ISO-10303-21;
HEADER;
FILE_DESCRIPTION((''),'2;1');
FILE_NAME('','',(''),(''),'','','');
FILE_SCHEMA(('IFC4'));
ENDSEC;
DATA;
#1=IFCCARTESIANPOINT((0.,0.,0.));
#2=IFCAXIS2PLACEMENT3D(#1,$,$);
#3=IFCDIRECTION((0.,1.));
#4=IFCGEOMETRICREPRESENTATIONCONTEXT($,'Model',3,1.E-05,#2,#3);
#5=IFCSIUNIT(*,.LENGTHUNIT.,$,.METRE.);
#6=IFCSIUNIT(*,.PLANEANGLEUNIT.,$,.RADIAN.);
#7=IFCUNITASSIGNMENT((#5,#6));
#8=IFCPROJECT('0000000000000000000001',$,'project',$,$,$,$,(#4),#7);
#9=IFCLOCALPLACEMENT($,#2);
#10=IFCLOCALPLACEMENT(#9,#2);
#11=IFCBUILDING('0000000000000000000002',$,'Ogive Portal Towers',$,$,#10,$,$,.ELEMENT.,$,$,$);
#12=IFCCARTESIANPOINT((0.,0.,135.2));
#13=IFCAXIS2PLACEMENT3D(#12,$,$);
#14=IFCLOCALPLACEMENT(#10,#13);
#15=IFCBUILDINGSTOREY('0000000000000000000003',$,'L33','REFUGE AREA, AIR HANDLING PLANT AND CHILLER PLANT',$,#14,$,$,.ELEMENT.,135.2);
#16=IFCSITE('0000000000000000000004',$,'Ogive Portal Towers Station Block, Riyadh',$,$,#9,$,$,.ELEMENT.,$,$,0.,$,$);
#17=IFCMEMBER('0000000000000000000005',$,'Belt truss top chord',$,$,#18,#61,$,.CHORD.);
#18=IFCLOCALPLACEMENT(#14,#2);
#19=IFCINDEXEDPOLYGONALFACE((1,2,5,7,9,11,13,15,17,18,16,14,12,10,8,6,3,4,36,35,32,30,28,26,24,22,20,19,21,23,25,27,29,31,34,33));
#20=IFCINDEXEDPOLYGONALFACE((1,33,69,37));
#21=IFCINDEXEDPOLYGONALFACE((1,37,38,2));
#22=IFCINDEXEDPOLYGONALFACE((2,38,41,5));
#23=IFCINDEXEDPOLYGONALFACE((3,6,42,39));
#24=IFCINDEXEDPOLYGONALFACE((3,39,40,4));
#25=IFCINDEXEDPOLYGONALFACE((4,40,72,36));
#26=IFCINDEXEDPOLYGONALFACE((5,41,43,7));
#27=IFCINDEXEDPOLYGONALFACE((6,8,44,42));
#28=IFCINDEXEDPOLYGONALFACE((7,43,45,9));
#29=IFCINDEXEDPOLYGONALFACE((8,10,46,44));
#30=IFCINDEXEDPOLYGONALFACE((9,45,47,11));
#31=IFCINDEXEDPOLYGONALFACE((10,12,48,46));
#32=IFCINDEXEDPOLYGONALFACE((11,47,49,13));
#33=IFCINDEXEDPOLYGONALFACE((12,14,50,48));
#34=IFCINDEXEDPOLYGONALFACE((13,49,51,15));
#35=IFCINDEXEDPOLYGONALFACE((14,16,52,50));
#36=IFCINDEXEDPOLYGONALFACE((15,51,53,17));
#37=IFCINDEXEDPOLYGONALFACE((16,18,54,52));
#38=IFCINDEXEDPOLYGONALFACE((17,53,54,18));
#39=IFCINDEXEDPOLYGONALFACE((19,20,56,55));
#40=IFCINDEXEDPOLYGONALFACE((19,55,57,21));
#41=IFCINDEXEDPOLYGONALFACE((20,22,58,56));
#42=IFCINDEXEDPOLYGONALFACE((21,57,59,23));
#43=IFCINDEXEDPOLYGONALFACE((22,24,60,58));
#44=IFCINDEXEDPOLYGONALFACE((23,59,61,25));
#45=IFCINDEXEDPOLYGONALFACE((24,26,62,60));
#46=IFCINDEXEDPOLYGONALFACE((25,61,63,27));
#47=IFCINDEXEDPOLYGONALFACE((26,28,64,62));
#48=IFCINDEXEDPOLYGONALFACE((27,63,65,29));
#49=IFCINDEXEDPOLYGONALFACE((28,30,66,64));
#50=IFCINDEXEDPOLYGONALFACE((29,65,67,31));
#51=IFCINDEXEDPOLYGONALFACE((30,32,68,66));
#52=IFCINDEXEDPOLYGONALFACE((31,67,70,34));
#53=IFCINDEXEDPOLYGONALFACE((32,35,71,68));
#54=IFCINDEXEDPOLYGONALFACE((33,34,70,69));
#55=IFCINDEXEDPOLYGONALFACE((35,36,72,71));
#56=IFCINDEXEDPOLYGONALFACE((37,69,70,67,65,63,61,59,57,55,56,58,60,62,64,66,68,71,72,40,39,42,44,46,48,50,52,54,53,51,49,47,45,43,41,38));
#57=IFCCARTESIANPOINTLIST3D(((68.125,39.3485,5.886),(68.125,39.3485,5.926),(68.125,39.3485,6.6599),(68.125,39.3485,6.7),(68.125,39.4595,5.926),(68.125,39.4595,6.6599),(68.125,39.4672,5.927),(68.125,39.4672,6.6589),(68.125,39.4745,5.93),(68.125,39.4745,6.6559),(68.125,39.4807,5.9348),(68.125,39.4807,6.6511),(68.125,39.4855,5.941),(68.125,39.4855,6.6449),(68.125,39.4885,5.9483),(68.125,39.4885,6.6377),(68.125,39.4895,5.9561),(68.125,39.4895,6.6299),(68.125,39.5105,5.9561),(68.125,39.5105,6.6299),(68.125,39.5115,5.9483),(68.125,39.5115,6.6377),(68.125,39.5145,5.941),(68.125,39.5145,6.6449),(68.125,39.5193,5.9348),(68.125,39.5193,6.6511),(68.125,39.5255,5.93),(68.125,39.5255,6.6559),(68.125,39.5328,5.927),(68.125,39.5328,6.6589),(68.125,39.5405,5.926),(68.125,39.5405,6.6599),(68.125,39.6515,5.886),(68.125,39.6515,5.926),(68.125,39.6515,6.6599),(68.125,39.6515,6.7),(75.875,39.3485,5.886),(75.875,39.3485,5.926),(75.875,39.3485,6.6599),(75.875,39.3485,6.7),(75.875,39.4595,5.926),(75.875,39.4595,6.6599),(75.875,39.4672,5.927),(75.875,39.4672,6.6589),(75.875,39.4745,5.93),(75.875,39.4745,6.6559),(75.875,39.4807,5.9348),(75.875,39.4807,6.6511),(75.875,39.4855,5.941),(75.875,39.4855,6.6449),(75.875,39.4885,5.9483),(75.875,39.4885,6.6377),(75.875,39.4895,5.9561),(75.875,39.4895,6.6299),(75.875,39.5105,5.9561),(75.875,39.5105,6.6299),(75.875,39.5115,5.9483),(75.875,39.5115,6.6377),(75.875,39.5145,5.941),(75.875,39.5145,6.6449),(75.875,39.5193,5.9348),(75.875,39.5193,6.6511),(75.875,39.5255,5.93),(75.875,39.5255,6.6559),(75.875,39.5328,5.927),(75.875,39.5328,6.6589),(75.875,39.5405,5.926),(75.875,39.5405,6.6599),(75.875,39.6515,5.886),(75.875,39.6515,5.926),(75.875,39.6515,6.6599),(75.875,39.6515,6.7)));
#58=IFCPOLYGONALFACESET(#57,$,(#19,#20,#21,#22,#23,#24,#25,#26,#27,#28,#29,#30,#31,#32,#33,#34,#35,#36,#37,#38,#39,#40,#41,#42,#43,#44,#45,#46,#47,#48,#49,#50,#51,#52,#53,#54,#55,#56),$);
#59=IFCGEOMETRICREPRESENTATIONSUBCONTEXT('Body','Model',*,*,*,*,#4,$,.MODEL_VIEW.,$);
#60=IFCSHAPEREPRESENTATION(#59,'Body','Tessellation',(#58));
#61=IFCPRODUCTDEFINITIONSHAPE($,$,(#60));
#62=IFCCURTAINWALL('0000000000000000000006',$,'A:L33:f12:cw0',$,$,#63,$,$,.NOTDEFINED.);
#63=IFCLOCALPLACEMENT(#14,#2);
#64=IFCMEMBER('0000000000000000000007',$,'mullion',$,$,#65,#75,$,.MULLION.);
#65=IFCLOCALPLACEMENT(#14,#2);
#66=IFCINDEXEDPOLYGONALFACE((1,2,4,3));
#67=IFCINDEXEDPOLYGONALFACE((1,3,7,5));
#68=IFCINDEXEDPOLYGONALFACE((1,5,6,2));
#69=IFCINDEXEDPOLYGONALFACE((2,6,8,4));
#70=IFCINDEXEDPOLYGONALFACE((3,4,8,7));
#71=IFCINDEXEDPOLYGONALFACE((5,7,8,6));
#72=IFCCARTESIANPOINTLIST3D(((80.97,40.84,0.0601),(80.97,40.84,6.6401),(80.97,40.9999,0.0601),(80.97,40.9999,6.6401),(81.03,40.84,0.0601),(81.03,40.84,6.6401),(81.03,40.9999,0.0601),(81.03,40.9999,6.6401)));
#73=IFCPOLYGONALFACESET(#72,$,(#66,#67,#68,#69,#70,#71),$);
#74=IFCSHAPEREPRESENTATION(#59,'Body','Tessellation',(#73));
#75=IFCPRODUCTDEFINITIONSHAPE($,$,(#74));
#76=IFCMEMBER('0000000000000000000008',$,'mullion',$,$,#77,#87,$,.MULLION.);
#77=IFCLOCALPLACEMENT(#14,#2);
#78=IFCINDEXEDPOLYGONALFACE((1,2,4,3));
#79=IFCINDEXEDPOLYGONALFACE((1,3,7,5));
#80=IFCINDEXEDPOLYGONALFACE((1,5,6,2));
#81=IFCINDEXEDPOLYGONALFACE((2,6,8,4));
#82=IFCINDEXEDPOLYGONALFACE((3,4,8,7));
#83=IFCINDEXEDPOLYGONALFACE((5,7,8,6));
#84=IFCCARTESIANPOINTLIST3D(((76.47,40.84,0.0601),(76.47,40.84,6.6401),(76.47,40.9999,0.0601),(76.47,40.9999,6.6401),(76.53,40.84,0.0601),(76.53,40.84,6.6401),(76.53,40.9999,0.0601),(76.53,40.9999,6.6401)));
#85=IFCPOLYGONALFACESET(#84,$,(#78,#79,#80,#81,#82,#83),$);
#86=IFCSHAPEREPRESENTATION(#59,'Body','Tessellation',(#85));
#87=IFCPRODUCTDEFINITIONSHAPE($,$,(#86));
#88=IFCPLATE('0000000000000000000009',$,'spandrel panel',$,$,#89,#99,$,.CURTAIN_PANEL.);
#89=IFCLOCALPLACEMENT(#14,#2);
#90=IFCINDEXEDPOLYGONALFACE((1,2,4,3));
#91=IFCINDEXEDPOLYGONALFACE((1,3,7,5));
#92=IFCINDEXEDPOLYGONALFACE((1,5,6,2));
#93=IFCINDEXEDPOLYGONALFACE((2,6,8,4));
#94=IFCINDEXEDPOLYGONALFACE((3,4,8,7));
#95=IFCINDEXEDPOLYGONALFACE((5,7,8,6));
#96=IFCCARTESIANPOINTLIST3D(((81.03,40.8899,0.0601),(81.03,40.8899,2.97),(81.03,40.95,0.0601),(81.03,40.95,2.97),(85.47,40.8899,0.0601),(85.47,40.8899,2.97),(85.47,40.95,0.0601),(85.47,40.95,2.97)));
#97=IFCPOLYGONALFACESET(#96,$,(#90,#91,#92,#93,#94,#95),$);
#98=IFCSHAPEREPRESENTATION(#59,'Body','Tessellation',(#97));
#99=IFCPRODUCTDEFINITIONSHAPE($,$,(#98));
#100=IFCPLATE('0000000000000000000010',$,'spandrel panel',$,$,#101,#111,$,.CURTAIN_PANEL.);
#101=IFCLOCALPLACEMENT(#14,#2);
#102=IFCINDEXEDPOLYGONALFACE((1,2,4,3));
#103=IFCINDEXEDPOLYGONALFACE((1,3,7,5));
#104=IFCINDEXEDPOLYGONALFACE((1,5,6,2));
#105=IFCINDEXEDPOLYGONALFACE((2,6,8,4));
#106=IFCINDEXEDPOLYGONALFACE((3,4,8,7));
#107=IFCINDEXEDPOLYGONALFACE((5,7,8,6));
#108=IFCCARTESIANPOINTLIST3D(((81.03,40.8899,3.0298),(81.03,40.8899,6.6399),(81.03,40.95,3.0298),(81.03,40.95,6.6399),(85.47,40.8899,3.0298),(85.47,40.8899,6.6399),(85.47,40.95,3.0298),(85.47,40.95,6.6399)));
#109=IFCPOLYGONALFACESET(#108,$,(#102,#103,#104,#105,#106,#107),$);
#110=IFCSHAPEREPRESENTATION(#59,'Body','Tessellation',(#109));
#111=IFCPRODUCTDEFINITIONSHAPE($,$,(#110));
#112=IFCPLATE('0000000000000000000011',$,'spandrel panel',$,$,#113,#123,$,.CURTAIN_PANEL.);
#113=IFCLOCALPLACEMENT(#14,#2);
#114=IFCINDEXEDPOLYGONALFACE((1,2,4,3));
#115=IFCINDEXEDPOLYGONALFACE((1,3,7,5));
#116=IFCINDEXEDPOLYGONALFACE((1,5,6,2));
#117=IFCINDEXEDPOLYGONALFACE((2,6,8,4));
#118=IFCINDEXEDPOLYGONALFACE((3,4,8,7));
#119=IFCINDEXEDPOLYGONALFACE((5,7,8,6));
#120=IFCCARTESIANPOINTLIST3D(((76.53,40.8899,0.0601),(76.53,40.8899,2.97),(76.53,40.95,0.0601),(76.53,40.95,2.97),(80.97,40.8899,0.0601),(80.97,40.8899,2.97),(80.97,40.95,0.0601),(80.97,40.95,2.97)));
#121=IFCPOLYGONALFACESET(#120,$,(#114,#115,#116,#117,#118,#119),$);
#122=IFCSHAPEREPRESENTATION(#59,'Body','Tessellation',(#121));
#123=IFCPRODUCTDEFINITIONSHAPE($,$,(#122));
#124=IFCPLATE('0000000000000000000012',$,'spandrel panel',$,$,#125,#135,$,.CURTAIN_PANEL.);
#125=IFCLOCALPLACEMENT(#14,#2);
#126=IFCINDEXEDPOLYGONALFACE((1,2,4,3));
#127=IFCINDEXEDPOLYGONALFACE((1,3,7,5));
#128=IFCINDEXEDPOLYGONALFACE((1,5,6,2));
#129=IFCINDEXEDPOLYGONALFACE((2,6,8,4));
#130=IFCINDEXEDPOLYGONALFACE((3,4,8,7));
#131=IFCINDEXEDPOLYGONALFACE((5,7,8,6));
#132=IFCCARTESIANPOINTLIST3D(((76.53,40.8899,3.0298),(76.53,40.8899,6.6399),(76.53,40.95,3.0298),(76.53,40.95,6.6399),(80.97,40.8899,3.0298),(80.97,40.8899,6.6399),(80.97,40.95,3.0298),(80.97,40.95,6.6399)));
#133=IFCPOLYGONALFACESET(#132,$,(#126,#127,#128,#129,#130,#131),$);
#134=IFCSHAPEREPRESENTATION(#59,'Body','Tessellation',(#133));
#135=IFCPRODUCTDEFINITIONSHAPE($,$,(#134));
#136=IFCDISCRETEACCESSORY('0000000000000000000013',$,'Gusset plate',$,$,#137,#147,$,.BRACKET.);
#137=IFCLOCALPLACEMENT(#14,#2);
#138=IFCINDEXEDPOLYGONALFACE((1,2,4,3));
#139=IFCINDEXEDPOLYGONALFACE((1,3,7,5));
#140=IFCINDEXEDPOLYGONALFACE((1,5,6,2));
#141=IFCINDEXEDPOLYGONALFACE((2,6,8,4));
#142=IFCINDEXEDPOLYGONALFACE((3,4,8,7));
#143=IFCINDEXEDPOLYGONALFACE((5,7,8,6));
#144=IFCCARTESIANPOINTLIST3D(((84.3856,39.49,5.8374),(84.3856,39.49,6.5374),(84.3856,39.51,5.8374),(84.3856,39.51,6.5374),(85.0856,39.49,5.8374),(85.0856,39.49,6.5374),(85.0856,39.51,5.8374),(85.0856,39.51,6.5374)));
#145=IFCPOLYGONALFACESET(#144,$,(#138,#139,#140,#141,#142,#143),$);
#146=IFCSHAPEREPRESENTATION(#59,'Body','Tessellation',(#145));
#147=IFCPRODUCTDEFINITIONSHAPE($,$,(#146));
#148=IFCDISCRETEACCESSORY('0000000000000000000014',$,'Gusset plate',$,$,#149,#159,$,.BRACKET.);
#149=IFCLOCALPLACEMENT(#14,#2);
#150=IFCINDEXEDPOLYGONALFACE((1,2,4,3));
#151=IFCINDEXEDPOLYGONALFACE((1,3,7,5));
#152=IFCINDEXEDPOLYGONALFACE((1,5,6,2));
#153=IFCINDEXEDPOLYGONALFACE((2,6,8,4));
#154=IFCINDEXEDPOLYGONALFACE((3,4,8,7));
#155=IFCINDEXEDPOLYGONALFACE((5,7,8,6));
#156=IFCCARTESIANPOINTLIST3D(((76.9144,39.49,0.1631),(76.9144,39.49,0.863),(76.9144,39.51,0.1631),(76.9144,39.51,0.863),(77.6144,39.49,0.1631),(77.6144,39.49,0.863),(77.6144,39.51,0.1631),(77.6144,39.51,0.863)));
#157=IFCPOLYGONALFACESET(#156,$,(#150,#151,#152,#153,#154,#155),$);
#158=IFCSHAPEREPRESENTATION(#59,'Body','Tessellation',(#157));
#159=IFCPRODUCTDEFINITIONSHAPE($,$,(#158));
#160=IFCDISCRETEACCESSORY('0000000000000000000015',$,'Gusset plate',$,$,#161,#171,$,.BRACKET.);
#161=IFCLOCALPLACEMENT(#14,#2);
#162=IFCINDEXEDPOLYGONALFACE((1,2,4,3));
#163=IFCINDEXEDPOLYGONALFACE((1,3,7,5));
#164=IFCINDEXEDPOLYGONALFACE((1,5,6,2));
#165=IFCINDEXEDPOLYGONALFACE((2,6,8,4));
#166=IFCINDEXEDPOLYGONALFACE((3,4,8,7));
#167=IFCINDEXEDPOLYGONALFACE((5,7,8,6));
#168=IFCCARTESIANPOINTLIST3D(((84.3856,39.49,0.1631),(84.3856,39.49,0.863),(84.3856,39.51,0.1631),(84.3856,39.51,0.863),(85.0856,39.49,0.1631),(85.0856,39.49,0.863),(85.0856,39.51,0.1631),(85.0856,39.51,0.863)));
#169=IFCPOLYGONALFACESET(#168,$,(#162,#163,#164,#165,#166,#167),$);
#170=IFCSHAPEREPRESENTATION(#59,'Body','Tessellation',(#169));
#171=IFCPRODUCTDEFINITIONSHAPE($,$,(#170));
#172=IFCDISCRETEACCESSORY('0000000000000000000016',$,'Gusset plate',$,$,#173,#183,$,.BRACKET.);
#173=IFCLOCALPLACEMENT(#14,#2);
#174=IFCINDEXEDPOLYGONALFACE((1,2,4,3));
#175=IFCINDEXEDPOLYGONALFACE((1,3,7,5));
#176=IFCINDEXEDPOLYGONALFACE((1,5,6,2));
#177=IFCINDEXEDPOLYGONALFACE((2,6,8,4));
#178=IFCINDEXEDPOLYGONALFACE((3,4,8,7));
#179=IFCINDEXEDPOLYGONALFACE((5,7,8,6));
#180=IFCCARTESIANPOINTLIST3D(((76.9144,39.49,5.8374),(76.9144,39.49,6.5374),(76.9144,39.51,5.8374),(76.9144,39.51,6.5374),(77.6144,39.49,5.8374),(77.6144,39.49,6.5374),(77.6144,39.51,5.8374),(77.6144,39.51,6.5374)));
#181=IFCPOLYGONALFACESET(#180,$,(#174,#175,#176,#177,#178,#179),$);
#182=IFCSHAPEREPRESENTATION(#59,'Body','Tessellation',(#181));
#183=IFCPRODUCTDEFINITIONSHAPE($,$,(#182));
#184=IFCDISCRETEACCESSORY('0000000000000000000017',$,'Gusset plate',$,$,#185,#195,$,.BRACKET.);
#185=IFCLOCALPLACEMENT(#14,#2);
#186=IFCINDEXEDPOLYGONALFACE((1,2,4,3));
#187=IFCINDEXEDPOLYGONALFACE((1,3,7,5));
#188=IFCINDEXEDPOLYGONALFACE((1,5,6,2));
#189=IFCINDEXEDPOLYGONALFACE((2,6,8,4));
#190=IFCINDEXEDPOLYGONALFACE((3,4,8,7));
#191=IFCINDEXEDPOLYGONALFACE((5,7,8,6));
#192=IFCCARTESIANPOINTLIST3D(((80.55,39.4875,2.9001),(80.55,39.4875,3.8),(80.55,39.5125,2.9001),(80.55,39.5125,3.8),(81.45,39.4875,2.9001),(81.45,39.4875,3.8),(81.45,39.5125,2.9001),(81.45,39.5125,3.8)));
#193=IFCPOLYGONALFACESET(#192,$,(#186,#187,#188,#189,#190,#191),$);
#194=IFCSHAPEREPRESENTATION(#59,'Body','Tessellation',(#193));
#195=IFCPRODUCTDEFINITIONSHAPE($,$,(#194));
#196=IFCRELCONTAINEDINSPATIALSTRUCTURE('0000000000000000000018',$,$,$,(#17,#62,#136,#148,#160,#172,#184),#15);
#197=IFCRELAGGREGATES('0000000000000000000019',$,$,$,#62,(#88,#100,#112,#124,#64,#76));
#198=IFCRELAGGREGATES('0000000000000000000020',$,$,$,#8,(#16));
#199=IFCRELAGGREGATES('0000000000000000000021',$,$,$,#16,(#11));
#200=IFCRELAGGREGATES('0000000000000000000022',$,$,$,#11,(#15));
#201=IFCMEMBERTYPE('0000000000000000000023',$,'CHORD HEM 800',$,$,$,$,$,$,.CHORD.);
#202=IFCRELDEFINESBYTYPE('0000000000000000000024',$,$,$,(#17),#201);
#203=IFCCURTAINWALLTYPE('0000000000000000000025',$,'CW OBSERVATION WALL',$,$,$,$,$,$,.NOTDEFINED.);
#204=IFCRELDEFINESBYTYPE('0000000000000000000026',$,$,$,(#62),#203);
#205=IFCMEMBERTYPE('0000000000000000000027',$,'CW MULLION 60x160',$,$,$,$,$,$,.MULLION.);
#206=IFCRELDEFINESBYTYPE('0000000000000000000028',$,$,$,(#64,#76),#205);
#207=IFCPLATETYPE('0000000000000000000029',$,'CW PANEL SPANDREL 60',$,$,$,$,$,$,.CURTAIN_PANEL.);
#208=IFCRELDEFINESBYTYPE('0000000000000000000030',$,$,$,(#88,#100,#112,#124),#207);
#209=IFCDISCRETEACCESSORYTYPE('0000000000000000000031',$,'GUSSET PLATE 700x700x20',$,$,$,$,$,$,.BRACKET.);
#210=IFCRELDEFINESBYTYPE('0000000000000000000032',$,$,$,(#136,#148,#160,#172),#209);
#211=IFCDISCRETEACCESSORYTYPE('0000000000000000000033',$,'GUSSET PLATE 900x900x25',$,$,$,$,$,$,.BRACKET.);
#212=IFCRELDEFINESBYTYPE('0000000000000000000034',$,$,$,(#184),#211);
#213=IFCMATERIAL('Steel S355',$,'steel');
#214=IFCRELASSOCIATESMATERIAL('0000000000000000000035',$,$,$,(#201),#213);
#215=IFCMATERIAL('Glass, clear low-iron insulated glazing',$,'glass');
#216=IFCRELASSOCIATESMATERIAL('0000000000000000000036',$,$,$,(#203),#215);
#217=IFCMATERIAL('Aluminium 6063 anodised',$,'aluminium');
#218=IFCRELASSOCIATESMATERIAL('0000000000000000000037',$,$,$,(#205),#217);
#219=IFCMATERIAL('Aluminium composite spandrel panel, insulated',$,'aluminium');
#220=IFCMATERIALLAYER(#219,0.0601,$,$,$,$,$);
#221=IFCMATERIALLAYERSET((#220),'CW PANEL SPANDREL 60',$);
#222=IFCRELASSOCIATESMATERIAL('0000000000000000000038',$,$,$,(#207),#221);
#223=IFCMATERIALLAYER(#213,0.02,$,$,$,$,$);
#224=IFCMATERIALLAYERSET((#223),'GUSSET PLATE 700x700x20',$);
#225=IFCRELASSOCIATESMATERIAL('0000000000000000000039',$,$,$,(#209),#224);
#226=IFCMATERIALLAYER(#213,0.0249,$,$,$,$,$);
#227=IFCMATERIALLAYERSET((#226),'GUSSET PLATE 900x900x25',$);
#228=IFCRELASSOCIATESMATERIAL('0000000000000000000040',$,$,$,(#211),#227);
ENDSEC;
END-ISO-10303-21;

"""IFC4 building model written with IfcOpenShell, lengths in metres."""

from ifc_helpers import new_model, si_unit, direction, frame, origin, origin_2d, place, context, subcontext, project, spatial, rectangle, i_section, extrude, material, layer, layer_set, material_profile, profile_set, type_object, element, aggregate, save


model = new_model("IFC4")

# Units and contexts
model_context = context("Model", 3, precision=1e-05, world=origin(), true_north=direction((0.0, 1.0)))
body_context = subcontext(model_context, "Body", "Model", "MODEL_VIEW")
ifc_project = project(units=[si_unit("LENGTHUNIT", "METRE"), si_unit("PLANEANGLEUNIT", "RADIAN")], contexts=[model_context])

# Site, building, storey
site_placement = place(None, origin())
site = spatial("IfcSite", under=ifc_project, at=site_placement, Name="Ogive Portal Towers Station Block, Riyadh", CompositionType="ELEMENT", RefElevation=0.0)
building_placement = place(site_placement, origin())
building = spatial("IfcBuilding", under=site, at=building_placement, Name="Ogive Portal Towers", CompositionType="ELEMENT")
storey_placement = place(building_placement, frame((0.0, 0.0, 135.2)))
storey = spatial("IfcBuildingStorey", under=building, at=storey_placement, Name="L33", Description="REFUGE AREA, AIR HANDLING PLANT AND CHILLER PLANT", CompositionType="ELEMENT", Elevation=135.2)

# Member
ifc_material_1 = material(Name="Steel S355", Category="steel")
ifc_material_profile_1 = material_profile(ifc_material_1, i_section(OverallWidth=0.303, OverallDepth=0.814, WebThickness=0.021, FlangeThickness=0.04, FilletRadius=0.03, at=origin_2d()), Name="HEM 800")
ifc_profile_set_1 = profile_set([ifc_material_profile_1], Name="Steel S355")
member_type_1 = type_object("IfcMemberType", Name="CHORD HEM 800", PredefinedType="CHORD", material=ifc_profile_set_1)
for number, where, z_axis, x_axis, name in (
    (1, (75.875, 39.5, 6.293), (-1.0, 0.0, 0.0), (0.0, -1.0, 0.0), "Belt truss top chord"),
):
    element("IfcMember", number, at=place(storey_placement, frame(where, z_axis=z_axis, x_axis=x_axis)), inside=storey, type_object=member_type_1, Name=name, PredefinedType="CHORD", context=body_context, shape_type="SweptSolid", body=[
        extrude(i_section(OverallWidth=0.303, OverallDepth=0.814, WebThickness=0.021, FlangeThickness=0.04, FilletRadius=0.03, at=origin_2d()), origin(), (0.0, 0.0, 1.0), 7.75),
    ])

# Curtain wall, members, plates
ifc_material_2 = material(Name="Glass, clear low-iron insulated glazing", Category="glass")
curtain_wall_type = type_object("IfcCurtainWallType", Name="CW OBSERVATION WALL", PredefinedType="NOTDEFINED", material=ifc_material_2)
curtain_wall_placement = place(storey_placement, origin())
curtain_wall = element("IfcCurtainWall", 2, at=curtain_wall_placement, inside=storey, type_object=curtain_wall_type, Name="A:L33:f12:cw0", PredefinedType="NOTDEFINED")
ifc_material_3 = material(Name="Aluminium 6063 anodised", Category="aluminium")
ifc_material_profile_2 = material_profile(ifc_material_3, rectangle(XDim=0.1599, YDim=0.0601, at=origin_2d()), Name="AL 60x160")
ifc_profile_set_2 = profile_set([ifc_material_profile_2], Name="Aluminium 6063 anodised")
member_type_2 = type_object("IfcMemberType", Name="CW MULLION 60x160", PredefinedType="MULLION", material=ifc_profile_set_2)
member_1_placement = place(storey_placement, frame((81.0, 40.9199, 0.0601), z_axis=(0.0, 0.0, 1.0), x_axis=(0.0, -1.0, 0.0)))
member_1 = element("IfcMember", 3, at=member_1_placement, type_object=member_type_2, Name="mullion", PredefinedType="MULLION", context=body_context, shape_type="SweptSolid", body=[
    extrude(rectangle(XDim=0.1599, YDim=0.0601, at=origin_2d()), origin(), (0.0, 0.0, 1.0), 6.5801),
])
member_2_placement = place(storey_placement, frame((76.5, 40.9199, 0.0601), z_axis=(0.0, 0.0, 1.0), x_axis=(0.0, -1.0, 0.0)))
member_2 = element("IfcMember", 4, at=member_2_placement, type_object=member_type_2, Name="mullion", PredefinedType="MULLION", context=body_context, shape_type="SweptSolid", body=[
    extrude(rectangle(XDim=0.1599, YDim=0.0601, at=origin_2d()), origin(), (0.0, 0.0, 1.0), 6.5801),
])
ifc_material_4 = material(Name="Aluminium composite spandrel panel, insulated", Category="aluminium")
ifc_layer_1 = layer(ifc_material_4, 0.0601)
ifc_layer_set_1 = layer_set([ifc_layer_1], Name="CW PANEL SPANDREL 60")
plate_type = type_object("IfcPlateType", Name="CW PANEL SPANDREL 60", PredefinedType="CURTAIN_PANEL", material=ifc_layer_set_1)
plate_1_placement = place(storey_placement, frame((83.25, 40.9199, 0.0601), z_axis=(0.0, 0.0, 1.0), x_axis=(-1.0, 0.0, 0.0)))
plate_1 = element("IfcPlate", 5, at=plate_1_placement, type_object=plate_type, Name="spandrel panel", PredefinedType="CURTAIN_PANEL", context=body_context, shape_type="SweptSolid", body=[
    extrude(rectangle(XDim=4.4399, YDim=0.0601, at=origin_2d()), origin(), (0.0, 0.0, 1.0), 2.9099),
])
plate_2_placement = place(storey_placement, frame((83.25, 40.9199, 3.0298), z_axis=(0.0, 0.0, 1.0), x_axis=(-1.0, 0.0, 0.0)))
plate_2 = element("IfcPlate", 6, at=plate_2_placement, type_object=plate_type, Name="spandrel panel", PredefinedType="CURTAIN_PANEL", context=body_context, shape_type="SweptSolid", body=[
    extrude(rectangle(XDim=4.4399, YDim=0.0601, at=origin_2d()), origin(), (0.0, 0.0, 1.0), 3.6101),
])
plate_3_placement = place(storey_placement, frame((78.75, 40.9199, 0.0601), z_axis=(0.0, 0.0, 1.0), x_axis=(-1.0, 0.0, 0.0)))
plate_3 = element("IfcPlate", 7, at=plate_3_placement, type_object=plate_type, Name="spandrel panel", PredefinedType="CURTAIN_PANEL", context=body_context, shape_type="SweptSolid", body=[
    extrude(rectangle(XDim=4.4399, YDim=0.0601, at=origin_2d()), origin(), (0.0, 0.0, 1.0), 2.9099),
])
plate_4_placement = place(storey_placement, frame((78.75, 40.9199, 3.0298), z_axis=(0.0, 0.0, 1.0), x_axis=(-1.0, 0.0, 0.0)))
plate_4 = element("IfcPlate", 8, at=plate_4_placement, type_object=plate_type, Name="spandrel panel", PredefinedType="CURTAIN_PANEL", context=body_context, shape_type="SweptSolid", body=[
    extrude(rectangle(XDim=4.4399, YDim=0.0601, at=origin_2d()), origin(), (0.0, 0.0, 1.0), 3.6101),
])
aggregate(curtain_wall, [plate_1, plate_2, plate_3, plate_4, member_1, member_2])

# Discrete accessories
ifc_layer_2 = layer(ifc_material_1, 0.02)
ifc_layer_set_2 = layer_set([ifc_layer_2], Name="GUSSET PLATE 700x700x20")
discrete_accessory_type_1 = type_object("IfcDiscreteAccessoryType", Name="GUSSET PLATE 700x700x20", PredefinedType="BRACKET", material=ifc_layer_set_2)
for number, where, z_axis, x_axis, name in (
    (9, (84.7356, 39.5, 5.8374), (0.0, 0.0, 1.0), (-1.0, 0.0, 0.0), "Gusset plate"),
    (10, (77.2644, 39.5, 0.1631), (0.0, 0.0, 1.0), (-1.0, 0.0, 0.0), "Gusset plate"),
    (11, (84.7356, 39.5, 0.1631), (0.0, 0.0, 1.0), (-1.0, 0.0, 0.0), "Gusset plate"),
    (12, (77.2644, 39.5, 5.8374), (0.0, 0.0, 1.0), (-1.0, 0.0, 0.0), "Gusset plate"),
):
    element("IfcDiscreteAccessory", number, at=place(storey_placement, frame(where, z_axis=z_axis, x_axis=x_axis)), inside=storey, type_object=discrete_accessory_type_1, Name=name, PredefinedType="BRACKET", context=body_context, shape_type="SweptSolid", body=[
        extrude(rectangle(XDim=0.7, YDim=0.02, at=origin_2d()), origin(), (0.0, 0.0, 1.0), 0.7),
    ])
ifc_layer_3 = layer(ifc_material_1, 0.0249)
ifc_layer_set_3 = layer_set([ifc_layer_3], Name="GUSSET PLATE 900x900x25")
discrete_accessory_type_2 = type_object("IfcDiscreteAccessoryType", Name="GUSSET PLATE 900x900x25", PredefinedType="BRACKET", material=ifc_layer_set_3)
discrete_accessory_placement = place(storey_placement, frame((81.0, 39.5, 2.9001), z_axis=(0.0, 0.0, 1.0), x_axis=(-1.0, 0.0, 0.0)))
element("IfcDiscreteAccessory", 13, at=discrete_accessory_placement, inside=storey, type_object=discrete_accessory_type_2, Name="Gusset plate", PredefinedType="BRACKET", context=body_context, shape_type="SweptSolid", body=[
    extrude(rectangle(XDim=0.8999, YDim=0.0249, at=origin_2d()), origin(), (0.0, 0.0, 1.0), 0.8999),
])

save(model, "model.ifc")
